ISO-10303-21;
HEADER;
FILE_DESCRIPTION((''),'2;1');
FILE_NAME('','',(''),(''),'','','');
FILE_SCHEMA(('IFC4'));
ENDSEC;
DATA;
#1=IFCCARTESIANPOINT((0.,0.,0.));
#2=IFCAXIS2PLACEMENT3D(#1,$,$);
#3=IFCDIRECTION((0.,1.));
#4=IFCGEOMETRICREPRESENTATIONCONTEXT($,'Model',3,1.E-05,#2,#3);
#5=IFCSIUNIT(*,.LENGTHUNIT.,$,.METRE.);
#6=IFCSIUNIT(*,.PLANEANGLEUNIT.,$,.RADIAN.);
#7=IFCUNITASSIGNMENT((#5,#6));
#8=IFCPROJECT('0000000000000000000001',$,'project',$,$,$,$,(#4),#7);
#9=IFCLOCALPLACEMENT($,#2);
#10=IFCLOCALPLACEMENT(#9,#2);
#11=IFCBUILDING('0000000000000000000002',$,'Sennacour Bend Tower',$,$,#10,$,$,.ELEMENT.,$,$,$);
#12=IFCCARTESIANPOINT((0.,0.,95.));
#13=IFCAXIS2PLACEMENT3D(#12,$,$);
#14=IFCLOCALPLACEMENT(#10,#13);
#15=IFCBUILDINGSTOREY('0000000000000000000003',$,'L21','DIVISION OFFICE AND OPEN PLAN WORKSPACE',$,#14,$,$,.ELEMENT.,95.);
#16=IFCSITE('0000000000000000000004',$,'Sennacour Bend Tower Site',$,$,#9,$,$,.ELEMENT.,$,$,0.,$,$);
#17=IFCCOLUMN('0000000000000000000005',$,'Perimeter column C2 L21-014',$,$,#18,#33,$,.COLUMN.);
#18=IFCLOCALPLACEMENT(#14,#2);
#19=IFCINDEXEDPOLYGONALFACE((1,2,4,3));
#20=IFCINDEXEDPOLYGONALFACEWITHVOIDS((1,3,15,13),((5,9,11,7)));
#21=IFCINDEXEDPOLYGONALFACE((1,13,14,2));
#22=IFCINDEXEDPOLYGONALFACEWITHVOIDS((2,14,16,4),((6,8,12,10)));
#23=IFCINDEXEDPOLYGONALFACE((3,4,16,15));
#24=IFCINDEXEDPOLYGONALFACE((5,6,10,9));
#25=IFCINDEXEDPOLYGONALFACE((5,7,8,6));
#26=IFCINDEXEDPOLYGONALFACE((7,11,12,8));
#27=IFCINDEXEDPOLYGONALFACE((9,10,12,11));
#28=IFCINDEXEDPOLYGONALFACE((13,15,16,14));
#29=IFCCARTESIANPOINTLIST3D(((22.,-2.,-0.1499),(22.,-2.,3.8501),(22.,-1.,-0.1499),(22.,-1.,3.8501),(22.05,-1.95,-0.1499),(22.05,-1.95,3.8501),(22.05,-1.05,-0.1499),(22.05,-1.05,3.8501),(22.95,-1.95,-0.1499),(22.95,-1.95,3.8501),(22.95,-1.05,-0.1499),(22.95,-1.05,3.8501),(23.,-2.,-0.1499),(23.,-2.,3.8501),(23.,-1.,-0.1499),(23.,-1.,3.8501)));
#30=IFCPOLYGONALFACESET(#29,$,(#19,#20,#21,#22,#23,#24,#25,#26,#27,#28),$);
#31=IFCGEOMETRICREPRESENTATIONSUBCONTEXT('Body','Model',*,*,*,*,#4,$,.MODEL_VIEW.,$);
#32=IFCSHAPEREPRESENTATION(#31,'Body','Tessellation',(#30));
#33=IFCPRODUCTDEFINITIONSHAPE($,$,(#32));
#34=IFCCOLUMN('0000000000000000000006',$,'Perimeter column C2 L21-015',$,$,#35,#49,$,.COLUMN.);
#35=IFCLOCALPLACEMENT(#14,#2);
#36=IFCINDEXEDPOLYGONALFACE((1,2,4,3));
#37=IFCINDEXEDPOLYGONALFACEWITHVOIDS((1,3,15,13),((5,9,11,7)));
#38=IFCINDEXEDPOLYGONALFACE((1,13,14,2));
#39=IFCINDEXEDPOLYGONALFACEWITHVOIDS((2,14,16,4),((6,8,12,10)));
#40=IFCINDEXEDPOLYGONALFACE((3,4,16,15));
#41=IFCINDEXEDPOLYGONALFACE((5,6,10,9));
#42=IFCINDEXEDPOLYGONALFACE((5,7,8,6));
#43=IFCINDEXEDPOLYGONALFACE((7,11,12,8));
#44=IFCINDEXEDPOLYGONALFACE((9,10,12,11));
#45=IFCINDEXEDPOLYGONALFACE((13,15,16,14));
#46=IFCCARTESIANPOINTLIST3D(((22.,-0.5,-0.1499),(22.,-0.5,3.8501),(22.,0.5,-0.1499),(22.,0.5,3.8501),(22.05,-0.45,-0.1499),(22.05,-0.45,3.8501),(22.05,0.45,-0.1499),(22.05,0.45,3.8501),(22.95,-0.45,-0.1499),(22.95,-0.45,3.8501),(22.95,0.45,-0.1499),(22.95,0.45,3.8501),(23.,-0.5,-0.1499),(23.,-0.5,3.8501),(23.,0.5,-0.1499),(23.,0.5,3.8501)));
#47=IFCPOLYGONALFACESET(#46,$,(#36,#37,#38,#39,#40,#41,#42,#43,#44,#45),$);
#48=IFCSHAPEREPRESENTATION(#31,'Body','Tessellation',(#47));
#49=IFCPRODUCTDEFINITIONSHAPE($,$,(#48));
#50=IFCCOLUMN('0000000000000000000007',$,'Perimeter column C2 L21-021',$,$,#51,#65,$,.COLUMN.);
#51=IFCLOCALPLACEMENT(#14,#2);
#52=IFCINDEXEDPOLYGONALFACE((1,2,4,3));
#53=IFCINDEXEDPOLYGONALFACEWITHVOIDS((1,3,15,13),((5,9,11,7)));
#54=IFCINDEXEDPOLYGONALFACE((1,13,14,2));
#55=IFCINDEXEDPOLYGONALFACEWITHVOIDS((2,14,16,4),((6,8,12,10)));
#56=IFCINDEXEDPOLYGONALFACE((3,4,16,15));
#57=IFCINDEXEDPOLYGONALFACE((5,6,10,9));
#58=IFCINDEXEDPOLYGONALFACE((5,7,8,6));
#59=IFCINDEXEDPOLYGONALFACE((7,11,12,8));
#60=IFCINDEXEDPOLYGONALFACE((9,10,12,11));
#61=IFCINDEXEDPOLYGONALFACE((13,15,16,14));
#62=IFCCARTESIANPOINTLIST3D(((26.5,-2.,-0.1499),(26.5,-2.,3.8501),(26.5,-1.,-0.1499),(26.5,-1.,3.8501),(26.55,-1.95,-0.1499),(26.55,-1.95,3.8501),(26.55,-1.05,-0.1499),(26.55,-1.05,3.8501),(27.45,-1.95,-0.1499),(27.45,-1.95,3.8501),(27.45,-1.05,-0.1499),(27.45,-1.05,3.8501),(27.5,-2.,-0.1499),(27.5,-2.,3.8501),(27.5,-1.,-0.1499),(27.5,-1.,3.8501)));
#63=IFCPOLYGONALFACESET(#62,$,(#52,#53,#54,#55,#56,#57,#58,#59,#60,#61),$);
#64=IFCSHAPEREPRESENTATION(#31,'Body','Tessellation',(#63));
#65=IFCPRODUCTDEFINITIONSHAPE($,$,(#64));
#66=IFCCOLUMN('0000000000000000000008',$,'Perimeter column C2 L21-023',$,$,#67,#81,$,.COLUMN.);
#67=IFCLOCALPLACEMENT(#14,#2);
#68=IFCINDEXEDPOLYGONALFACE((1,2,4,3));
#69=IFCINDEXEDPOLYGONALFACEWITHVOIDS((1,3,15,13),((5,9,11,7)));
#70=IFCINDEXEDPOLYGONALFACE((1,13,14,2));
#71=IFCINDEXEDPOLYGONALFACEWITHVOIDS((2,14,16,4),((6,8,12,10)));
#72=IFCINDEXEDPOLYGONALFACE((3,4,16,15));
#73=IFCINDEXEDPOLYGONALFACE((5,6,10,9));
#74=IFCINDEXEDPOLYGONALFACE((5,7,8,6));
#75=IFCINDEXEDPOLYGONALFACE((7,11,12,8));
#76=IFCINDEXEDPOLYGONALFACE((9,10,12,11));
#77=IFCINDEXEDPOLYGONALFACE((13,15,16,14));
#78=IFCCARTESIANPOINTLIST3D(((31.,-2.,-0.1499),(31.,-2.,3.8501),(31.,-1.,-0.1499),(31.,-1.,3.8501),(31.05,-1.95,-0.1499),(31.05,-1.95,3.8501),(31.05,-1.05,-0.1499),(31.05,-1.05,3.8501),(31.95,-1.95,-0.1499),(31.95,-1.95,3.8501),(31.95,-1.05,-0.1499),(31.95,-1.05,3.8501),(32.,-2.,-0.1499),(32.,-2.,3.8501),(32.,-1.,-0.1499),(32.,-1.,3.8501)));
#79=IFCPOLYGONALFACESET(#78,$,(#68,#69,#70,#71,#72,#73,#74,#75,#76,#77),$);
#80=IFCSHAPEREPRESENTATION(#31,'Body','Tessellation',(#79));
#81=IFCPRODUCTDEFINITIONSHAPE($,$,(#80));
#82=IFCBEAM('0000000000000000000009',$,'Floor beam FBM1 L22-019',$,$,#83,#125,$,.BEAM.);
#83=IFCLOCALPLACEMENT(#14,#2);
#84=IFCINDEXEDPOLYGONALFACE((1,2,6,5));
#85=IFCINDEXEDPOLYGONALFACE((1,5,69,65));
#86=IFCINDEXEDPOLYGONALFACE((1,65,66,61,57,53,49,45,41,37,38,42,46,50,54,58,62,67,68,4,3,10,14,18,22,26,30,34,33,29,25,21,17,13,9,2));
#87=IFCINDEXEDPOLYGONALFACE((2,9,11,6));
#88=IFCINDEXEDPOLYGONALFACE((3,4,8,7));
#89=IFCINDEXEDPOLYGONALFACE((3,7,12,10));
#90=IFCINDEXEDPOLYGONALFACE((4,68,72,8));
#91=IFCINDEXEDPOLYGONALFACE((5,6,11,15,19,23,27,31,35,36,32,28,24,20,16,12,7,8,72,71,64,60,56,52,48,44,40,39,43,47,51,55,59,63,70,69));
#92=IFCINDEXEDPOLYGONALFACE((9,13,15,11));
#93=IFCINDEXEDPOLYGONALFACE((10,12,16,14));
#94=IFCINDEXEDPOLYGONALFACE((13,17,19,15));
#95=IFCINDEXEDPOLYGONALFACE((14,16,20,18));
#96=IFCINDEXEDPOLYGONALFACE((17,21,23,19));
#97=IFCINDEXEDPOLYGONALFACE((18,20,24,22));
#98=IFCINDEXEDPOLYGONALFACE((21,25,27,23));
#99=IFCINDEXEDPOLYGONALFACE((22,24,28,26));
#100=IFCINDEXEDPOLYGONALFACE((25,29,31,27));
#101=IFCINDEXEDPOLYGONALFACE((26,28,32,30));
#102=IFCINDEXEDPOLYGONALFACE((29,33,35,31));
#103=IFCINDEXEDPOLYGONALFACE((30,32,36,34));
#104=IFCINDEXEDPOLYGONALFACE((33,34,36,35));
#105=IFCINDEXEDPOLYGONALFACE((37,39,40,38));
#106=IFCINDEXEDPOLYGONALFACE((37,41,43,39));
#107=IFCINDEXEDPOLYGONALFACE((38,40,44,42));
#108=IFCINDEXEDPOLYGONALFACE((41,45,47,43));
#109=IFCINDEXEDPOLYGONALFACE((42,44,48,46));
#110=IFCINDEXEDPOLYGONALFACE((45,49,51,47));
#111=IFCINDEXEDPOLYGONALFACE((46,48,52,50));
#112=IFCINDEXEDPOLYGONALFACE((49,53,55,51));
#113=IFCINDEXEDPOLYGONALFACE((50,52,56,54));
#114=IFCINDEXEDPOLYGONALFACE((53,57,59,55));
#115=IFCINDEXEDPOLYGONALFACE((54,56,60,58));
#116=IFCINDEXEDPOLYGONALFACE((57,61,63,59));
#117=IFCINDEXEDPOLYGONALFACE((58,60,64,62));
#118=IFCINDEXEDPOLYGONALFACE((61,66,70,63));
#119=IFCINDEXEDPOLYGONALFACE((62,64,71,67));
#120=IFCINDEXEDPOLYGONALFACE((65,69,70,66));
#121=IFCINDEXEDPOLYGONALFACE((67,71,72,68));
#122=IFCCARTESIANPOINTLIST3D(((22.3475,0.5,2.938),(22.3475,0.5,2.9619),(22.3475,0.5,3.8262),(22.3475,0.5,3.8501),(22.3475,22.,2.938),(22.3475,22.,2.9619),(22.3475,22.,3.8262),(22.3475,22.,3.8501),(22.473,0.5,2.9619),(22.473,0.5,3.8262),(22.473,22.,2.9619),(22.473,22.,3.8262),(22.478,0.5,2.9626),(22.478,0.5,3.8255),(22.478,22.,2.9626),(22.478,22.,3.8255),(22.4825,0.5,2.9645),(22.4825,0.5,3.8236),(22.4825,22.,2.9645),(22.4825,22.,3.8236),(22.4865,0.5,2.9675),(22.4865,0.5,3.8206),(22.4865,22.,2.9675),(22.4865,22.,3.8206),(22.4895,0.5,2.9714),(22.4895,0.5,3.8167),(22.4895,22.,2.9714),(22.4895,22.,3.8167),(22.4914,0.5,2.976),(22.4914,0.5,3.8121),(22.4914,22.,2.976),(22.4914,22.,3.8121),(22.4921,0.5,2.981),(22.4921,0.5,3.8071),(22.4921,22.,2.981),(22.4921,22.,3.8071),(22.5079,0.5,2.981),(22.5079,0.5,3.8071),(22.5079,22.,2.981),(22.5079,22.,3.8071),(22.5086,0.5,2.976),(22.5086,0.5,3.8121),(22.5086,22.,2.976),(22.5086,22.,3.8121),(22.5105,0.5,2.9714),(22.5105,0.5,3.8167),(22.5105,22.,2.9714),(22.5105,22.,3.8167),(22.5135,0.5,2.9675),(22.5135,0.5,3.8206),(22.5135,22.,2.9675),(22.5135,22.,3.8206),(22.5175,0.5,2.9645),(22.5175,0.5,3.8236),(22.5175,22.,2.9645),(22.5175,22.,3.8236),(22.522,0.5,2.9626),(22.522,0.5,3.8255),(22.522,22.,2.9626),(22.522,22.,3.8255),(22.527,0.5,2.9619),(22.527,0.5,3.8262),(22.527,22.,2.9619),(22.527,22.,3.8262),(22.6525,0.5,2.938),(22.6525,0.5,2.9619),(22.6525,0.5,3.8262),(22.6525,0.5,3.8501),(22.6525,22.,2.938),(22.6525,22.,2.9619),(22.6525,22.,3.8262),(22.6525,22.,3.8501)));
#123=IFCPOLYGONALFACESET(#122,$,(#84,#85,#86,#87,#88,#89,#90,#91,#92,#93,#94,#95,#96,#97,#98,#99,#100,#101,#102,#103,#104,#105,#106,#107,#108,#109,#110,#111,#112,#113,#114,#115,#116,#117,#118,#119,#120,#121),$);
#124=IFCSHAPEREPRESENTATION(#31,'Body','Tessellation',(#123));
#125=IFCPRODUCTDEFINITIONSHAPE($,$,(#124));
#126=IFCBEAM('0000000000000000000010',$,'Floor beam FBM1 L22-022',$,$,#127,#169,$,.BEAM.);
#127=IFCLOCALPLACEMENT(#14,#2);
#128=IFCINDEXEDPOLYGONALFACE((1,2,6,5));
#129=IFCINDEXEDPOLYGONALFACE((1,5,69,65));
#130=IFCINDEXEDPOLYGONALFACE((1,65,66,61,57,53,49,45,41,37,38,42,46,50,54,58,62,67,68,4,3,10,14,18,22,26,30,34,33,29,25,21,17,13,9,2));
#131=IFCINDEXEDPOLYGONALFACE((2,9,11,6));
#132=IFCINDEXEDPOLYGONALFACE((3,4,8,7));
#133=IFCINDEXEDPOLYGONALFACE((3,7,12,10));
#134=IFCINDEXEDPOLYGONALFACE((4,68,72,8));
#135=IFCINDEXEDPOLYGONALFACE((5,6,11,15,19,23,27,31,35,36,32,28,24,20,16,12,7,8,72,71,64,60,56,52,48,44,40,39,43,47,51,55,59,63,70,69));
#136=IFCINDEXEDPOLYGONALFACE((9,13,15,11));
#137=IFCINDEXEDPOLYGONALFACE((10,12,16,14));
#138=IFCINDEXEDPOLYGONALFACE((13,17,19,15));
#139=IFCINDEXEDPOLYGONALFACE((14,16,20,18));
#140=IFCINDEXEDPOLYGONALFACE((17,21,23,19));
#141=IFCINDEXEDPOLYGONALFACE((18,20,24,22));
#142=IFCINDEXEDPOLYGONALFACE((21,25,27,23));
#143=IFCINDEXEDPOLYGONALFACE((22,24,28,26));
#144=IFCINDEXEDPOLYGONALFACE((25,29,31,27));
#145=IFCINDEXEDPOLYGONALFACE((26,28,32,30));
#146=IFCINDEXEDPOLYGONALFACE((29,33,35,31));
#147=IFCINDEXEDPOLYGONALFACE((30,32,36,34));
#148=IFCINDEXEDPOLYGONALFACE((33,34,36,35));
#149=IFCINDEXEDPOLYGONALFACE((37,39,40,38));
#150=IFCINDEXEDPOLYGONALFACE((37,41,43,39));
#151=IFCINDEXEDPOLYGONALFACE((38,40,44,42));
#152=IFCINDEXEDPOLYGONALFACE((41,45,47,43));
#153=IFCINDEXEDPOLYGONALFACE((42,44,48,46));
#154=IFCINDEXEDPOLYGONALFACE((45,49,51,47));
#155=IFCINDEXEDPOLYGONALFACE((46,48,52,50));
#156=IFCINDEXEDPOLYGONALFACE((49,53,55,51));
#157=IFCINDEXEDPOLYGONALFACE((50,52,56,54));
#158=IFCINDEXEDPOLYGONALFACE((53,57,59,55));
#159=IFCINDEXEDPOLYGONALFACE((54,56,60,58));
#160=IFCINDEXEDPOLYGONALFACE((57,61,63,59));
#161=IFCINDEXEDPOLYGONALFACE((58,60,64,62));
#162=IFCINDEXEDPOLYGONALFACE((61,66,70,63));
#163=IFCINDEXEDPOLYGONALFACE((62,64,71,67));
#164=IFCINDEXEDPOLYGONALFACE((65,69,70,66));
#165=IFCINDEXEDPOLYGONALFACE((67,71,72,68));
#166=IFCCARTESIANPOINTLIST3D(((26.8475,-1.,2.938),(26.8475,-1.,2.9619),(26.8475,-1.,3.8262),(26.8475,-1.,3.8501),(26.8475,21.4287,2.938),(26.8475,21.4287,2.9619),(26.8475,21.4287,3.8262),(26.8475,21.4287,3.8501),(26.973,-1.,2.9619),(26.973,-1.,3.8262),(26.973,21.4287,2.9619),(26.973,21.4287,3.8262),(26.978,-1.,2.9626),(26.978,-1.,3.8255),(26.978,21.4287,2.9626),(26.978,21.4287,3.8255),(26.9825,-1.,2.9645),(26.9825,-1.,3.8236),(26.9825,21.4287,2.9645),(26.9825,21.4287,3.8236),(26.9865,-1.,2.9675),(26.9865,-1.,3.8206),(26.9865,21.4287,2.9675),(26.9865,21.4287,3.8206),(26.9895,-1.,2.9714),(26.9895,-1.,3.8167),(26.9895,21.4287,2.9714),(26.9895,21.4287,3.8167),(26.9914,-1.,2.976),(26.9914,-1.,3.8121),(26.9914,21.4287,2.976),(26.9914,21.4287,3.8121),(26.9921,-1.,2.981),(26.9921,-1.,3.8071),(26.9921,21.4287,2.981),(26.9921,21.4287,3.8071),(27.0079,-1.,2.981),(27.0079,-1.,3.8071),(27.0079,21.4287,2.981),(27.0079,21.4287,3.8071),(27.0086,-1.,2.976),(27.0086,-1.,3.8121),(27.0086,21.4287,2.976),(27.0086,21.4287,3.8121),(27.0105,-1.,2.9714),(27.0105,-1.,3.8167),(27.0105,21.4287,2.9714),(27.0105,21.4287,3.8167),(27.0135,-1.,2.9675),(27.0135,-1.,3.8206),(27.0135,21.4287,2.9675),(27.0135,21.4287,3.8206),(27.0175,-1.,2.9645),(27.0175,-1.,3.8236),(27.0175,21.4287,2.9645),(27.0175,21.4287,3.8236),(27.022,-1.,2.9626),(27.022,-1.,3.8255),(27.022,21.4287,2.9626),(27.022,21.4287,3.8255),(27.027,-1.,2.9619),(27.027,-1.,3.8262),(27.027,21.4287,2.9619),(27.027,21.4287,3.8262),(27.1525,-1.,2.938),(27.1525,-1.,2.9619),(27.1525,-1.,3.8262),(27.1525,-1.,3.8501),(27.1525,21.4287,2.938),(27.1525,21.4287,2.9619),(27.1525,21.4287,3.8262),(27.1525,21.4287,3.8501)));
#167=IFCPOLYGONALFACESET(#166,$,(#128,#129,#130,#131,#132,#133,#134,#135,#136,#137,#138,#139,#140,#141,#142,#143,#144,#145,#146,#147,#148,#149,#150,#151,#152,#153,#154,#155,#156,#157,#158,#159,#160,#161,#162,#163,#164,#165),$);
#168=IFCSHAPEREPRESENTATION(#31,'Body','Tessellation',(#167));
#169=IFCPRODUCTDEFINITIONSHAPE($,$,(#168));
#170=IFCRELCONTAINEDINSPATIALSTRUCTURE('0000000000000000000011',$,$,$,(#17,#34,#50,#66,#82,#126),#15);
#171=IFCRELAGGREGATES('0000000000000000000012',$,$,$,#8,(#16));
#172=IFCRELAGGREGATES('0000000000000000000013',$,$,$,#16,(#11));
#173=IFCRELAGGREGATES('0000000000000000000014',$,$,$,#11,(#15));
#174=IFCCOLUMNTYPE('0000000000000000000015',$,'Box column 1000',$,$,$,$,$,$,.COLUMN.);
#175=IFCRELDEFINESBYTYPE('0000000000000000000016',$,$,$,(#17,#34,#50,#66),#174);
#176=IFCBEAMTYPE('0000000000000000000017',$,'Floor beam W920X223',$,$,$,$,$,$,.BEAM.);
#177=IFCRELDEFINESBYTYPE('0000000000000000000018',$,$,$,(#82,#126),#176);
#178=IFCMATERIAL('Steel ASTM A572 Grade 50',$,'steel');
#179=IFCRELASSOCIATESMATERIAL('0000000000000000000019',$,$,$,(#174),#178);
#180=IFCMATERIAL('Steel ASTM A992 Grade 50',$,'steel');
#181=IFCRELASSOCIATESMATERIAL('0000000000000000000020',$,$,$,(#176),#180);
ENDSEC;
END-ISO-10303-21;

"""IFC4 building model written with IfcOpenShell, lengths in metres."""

from ifc_helpers import new_model, si_unit, direction, frame, origin, origin_2d, place, context, subcontext, project, spatial, hollow_rectangle, i_section, extrude, material, material_profile, profile_set, type_object, element, save


model = new_model("IFC4")

# Units and contexts
model_context = context("Model", 3, precision=1e-05, world=origin(), true_north=direction((0.0, 1.0)))
body_context = subcontext(model_context, "Body", "Model", "MODEL_VIEW")
ifc_project = project(units=[si_unit("LENGTHUNIT", "METRE"), si_unit("PLANEANGLEUNIT", "RADIAN")], contexts=[model_context])

# Site, building, storey
site_placement = place(None, origin())
site = spatial("IfcSite", under=ifc_project, at=site_placement, Name="Sennacour Bend Tower Site", CompositionType="ELEMENT", RefElevation=0.0)
building_placement = place(site_placement, origin())
building = spatial("IfcBuilding", under=site, at=building_placement, Name="Sennacour Bend Tower", CompositionType="ELEMENT")
storey_placement = place(building_placement, frame((0.0, 0.0, 95.0)))
storey = spatial("IfcBuildingStorey", under=building, at=storey_placement, Name="L21", Description="DIVISION OFFICE AND OPEN PLAN WORKSPACE", CompositionType="ELEMENT", Elevation=95.0)

# Columns
ifc_material_1 = material(Name="Steel ASTM A572 Grade 50", Category="steel")
ifc_material_profile_1 = material_profile(ifc_material_1, hollow_rectangle(XDim=1.0, YDim=1.0, WallThickness=0.05, at=origin_2d()), Name="Steel ASTM A572 Grade 50", Category="steel")
ifc_profile_set_1 = profile_set([ifc_material_profile_1], Name="Steel ASTM A572 Grade 50")
column_type = type_object("IfcColumnType", Name="Box column 1000", PredefinedType="COLUMN", material=ifc_profile_set_1)
for number, where, z_axis, x_axis, name in (
    (1, (22.5, -1.5, -0.1499), (0.0, 0.0, 1.0), (1.0, 0.0, 0.0), "Perimeter column C2 L21-014"),
    (2, (22.5, 0.0, -0.1499), (0.0, 0.0, 1.0), (1.0, 0.0, 0.0), "Perimeter column C2 L21-015"),
    (3, (27.0, -1.5, -0.1499), (0.0, 0.0, 1.0), (1.0, 0.0, 0.0), "Perimeter column C2 L21-021"),
    (4, (31.5, -1.5, -0.1499), (0.0, 0.0, 1.0), (1.0, 0.0, 0.0), "Perimeter column C2 L21-023"),
):
    element("IfcColumn", number, at=place(storey_placement, frame(where, z_axis=z_axis, x_axis=x_axis)), inside=storey, type_object=column_type, Name=name, PredefinedType="COLUMN", context=body_context, shape_type="SweptSolid", body=[
        extrude(hollow_rectangle(XDim=1.0, YDim=1.0, WallThickness=0.05, at=origin_2d()), origin(), (0.0, 0.0, 1.0), 4.0),
    ])

# Beams
ifc_material_2 = material(Name="Steel ASTM A992 Grade 50", Category="steel")
ifc_material_profile_2 = material_profile(ifc_material_2, i_section(OverallWidth=0.3049, OverallDepth=0.9121, WebThickness=0.0159, FlangeThickness=0.0239, FilletRadius=0.019, at=origin_2d()), Name="Steel ASTM A992 Grade 50", Category="steel")
ifc_profile_set_2 = profile_set([ifc_material_profile_2], Name="Steel ASTM A992 Grade 50")
beam_type_1 = type_object("IfcBeamType", Name="Floor beam W920X223", PredefinedType="BEAM", material=ifc_profile_set_2)
beam_1_placement = place(storey_placement, frame((22.5, 0.5, 3.394), z_axis=(0.0, 1.0, 0.0), x_axis=(-1.0, 0.0, 0.0)))
element("IfcBeam", 5, at=beam_1_placement, inside=storey, type_object=beam_type_1, Name="Floor beam FBM1 L22-019", PredefinedType="BEAM", context=body_context, shape_type="SweptSolid", body=[
    extrude(i_section(OverallWidth=0.3049, OverallDepth=0.9121, WebThickness=0.0159, FlangeThickness=0.0239, FilletRadius=0.019, at=origin_2d()), origin(), (0.0, 0.0, 1.0), 21.5),
])
beam_2_placement = place(storey_placement, frame((27.0, -1.0, 3.394), z_axis=(0.0, 1.0, 0.0), x_axis=(-1.0, 0.0, 0.0)))
element("IfcBeam", 6, at=beam_2_placement, inside=storey, type_object=beam_type_1, Name="Floor beam FBM1 L22-022", PredefinedType="BEAM", context=body_context, shape_type="SweptSolid", body=[
    extrude(i_section(OverallWidth=0.3049, OverallDepth=0.9121, WebThickness=0.0159, FlangeThickness=0.0239, FilletRadius=0.019, at=origin_2d()), origin(), (0.0, 0.0, 1.0), 22.4287),
])

save(model, "model.ifc")
